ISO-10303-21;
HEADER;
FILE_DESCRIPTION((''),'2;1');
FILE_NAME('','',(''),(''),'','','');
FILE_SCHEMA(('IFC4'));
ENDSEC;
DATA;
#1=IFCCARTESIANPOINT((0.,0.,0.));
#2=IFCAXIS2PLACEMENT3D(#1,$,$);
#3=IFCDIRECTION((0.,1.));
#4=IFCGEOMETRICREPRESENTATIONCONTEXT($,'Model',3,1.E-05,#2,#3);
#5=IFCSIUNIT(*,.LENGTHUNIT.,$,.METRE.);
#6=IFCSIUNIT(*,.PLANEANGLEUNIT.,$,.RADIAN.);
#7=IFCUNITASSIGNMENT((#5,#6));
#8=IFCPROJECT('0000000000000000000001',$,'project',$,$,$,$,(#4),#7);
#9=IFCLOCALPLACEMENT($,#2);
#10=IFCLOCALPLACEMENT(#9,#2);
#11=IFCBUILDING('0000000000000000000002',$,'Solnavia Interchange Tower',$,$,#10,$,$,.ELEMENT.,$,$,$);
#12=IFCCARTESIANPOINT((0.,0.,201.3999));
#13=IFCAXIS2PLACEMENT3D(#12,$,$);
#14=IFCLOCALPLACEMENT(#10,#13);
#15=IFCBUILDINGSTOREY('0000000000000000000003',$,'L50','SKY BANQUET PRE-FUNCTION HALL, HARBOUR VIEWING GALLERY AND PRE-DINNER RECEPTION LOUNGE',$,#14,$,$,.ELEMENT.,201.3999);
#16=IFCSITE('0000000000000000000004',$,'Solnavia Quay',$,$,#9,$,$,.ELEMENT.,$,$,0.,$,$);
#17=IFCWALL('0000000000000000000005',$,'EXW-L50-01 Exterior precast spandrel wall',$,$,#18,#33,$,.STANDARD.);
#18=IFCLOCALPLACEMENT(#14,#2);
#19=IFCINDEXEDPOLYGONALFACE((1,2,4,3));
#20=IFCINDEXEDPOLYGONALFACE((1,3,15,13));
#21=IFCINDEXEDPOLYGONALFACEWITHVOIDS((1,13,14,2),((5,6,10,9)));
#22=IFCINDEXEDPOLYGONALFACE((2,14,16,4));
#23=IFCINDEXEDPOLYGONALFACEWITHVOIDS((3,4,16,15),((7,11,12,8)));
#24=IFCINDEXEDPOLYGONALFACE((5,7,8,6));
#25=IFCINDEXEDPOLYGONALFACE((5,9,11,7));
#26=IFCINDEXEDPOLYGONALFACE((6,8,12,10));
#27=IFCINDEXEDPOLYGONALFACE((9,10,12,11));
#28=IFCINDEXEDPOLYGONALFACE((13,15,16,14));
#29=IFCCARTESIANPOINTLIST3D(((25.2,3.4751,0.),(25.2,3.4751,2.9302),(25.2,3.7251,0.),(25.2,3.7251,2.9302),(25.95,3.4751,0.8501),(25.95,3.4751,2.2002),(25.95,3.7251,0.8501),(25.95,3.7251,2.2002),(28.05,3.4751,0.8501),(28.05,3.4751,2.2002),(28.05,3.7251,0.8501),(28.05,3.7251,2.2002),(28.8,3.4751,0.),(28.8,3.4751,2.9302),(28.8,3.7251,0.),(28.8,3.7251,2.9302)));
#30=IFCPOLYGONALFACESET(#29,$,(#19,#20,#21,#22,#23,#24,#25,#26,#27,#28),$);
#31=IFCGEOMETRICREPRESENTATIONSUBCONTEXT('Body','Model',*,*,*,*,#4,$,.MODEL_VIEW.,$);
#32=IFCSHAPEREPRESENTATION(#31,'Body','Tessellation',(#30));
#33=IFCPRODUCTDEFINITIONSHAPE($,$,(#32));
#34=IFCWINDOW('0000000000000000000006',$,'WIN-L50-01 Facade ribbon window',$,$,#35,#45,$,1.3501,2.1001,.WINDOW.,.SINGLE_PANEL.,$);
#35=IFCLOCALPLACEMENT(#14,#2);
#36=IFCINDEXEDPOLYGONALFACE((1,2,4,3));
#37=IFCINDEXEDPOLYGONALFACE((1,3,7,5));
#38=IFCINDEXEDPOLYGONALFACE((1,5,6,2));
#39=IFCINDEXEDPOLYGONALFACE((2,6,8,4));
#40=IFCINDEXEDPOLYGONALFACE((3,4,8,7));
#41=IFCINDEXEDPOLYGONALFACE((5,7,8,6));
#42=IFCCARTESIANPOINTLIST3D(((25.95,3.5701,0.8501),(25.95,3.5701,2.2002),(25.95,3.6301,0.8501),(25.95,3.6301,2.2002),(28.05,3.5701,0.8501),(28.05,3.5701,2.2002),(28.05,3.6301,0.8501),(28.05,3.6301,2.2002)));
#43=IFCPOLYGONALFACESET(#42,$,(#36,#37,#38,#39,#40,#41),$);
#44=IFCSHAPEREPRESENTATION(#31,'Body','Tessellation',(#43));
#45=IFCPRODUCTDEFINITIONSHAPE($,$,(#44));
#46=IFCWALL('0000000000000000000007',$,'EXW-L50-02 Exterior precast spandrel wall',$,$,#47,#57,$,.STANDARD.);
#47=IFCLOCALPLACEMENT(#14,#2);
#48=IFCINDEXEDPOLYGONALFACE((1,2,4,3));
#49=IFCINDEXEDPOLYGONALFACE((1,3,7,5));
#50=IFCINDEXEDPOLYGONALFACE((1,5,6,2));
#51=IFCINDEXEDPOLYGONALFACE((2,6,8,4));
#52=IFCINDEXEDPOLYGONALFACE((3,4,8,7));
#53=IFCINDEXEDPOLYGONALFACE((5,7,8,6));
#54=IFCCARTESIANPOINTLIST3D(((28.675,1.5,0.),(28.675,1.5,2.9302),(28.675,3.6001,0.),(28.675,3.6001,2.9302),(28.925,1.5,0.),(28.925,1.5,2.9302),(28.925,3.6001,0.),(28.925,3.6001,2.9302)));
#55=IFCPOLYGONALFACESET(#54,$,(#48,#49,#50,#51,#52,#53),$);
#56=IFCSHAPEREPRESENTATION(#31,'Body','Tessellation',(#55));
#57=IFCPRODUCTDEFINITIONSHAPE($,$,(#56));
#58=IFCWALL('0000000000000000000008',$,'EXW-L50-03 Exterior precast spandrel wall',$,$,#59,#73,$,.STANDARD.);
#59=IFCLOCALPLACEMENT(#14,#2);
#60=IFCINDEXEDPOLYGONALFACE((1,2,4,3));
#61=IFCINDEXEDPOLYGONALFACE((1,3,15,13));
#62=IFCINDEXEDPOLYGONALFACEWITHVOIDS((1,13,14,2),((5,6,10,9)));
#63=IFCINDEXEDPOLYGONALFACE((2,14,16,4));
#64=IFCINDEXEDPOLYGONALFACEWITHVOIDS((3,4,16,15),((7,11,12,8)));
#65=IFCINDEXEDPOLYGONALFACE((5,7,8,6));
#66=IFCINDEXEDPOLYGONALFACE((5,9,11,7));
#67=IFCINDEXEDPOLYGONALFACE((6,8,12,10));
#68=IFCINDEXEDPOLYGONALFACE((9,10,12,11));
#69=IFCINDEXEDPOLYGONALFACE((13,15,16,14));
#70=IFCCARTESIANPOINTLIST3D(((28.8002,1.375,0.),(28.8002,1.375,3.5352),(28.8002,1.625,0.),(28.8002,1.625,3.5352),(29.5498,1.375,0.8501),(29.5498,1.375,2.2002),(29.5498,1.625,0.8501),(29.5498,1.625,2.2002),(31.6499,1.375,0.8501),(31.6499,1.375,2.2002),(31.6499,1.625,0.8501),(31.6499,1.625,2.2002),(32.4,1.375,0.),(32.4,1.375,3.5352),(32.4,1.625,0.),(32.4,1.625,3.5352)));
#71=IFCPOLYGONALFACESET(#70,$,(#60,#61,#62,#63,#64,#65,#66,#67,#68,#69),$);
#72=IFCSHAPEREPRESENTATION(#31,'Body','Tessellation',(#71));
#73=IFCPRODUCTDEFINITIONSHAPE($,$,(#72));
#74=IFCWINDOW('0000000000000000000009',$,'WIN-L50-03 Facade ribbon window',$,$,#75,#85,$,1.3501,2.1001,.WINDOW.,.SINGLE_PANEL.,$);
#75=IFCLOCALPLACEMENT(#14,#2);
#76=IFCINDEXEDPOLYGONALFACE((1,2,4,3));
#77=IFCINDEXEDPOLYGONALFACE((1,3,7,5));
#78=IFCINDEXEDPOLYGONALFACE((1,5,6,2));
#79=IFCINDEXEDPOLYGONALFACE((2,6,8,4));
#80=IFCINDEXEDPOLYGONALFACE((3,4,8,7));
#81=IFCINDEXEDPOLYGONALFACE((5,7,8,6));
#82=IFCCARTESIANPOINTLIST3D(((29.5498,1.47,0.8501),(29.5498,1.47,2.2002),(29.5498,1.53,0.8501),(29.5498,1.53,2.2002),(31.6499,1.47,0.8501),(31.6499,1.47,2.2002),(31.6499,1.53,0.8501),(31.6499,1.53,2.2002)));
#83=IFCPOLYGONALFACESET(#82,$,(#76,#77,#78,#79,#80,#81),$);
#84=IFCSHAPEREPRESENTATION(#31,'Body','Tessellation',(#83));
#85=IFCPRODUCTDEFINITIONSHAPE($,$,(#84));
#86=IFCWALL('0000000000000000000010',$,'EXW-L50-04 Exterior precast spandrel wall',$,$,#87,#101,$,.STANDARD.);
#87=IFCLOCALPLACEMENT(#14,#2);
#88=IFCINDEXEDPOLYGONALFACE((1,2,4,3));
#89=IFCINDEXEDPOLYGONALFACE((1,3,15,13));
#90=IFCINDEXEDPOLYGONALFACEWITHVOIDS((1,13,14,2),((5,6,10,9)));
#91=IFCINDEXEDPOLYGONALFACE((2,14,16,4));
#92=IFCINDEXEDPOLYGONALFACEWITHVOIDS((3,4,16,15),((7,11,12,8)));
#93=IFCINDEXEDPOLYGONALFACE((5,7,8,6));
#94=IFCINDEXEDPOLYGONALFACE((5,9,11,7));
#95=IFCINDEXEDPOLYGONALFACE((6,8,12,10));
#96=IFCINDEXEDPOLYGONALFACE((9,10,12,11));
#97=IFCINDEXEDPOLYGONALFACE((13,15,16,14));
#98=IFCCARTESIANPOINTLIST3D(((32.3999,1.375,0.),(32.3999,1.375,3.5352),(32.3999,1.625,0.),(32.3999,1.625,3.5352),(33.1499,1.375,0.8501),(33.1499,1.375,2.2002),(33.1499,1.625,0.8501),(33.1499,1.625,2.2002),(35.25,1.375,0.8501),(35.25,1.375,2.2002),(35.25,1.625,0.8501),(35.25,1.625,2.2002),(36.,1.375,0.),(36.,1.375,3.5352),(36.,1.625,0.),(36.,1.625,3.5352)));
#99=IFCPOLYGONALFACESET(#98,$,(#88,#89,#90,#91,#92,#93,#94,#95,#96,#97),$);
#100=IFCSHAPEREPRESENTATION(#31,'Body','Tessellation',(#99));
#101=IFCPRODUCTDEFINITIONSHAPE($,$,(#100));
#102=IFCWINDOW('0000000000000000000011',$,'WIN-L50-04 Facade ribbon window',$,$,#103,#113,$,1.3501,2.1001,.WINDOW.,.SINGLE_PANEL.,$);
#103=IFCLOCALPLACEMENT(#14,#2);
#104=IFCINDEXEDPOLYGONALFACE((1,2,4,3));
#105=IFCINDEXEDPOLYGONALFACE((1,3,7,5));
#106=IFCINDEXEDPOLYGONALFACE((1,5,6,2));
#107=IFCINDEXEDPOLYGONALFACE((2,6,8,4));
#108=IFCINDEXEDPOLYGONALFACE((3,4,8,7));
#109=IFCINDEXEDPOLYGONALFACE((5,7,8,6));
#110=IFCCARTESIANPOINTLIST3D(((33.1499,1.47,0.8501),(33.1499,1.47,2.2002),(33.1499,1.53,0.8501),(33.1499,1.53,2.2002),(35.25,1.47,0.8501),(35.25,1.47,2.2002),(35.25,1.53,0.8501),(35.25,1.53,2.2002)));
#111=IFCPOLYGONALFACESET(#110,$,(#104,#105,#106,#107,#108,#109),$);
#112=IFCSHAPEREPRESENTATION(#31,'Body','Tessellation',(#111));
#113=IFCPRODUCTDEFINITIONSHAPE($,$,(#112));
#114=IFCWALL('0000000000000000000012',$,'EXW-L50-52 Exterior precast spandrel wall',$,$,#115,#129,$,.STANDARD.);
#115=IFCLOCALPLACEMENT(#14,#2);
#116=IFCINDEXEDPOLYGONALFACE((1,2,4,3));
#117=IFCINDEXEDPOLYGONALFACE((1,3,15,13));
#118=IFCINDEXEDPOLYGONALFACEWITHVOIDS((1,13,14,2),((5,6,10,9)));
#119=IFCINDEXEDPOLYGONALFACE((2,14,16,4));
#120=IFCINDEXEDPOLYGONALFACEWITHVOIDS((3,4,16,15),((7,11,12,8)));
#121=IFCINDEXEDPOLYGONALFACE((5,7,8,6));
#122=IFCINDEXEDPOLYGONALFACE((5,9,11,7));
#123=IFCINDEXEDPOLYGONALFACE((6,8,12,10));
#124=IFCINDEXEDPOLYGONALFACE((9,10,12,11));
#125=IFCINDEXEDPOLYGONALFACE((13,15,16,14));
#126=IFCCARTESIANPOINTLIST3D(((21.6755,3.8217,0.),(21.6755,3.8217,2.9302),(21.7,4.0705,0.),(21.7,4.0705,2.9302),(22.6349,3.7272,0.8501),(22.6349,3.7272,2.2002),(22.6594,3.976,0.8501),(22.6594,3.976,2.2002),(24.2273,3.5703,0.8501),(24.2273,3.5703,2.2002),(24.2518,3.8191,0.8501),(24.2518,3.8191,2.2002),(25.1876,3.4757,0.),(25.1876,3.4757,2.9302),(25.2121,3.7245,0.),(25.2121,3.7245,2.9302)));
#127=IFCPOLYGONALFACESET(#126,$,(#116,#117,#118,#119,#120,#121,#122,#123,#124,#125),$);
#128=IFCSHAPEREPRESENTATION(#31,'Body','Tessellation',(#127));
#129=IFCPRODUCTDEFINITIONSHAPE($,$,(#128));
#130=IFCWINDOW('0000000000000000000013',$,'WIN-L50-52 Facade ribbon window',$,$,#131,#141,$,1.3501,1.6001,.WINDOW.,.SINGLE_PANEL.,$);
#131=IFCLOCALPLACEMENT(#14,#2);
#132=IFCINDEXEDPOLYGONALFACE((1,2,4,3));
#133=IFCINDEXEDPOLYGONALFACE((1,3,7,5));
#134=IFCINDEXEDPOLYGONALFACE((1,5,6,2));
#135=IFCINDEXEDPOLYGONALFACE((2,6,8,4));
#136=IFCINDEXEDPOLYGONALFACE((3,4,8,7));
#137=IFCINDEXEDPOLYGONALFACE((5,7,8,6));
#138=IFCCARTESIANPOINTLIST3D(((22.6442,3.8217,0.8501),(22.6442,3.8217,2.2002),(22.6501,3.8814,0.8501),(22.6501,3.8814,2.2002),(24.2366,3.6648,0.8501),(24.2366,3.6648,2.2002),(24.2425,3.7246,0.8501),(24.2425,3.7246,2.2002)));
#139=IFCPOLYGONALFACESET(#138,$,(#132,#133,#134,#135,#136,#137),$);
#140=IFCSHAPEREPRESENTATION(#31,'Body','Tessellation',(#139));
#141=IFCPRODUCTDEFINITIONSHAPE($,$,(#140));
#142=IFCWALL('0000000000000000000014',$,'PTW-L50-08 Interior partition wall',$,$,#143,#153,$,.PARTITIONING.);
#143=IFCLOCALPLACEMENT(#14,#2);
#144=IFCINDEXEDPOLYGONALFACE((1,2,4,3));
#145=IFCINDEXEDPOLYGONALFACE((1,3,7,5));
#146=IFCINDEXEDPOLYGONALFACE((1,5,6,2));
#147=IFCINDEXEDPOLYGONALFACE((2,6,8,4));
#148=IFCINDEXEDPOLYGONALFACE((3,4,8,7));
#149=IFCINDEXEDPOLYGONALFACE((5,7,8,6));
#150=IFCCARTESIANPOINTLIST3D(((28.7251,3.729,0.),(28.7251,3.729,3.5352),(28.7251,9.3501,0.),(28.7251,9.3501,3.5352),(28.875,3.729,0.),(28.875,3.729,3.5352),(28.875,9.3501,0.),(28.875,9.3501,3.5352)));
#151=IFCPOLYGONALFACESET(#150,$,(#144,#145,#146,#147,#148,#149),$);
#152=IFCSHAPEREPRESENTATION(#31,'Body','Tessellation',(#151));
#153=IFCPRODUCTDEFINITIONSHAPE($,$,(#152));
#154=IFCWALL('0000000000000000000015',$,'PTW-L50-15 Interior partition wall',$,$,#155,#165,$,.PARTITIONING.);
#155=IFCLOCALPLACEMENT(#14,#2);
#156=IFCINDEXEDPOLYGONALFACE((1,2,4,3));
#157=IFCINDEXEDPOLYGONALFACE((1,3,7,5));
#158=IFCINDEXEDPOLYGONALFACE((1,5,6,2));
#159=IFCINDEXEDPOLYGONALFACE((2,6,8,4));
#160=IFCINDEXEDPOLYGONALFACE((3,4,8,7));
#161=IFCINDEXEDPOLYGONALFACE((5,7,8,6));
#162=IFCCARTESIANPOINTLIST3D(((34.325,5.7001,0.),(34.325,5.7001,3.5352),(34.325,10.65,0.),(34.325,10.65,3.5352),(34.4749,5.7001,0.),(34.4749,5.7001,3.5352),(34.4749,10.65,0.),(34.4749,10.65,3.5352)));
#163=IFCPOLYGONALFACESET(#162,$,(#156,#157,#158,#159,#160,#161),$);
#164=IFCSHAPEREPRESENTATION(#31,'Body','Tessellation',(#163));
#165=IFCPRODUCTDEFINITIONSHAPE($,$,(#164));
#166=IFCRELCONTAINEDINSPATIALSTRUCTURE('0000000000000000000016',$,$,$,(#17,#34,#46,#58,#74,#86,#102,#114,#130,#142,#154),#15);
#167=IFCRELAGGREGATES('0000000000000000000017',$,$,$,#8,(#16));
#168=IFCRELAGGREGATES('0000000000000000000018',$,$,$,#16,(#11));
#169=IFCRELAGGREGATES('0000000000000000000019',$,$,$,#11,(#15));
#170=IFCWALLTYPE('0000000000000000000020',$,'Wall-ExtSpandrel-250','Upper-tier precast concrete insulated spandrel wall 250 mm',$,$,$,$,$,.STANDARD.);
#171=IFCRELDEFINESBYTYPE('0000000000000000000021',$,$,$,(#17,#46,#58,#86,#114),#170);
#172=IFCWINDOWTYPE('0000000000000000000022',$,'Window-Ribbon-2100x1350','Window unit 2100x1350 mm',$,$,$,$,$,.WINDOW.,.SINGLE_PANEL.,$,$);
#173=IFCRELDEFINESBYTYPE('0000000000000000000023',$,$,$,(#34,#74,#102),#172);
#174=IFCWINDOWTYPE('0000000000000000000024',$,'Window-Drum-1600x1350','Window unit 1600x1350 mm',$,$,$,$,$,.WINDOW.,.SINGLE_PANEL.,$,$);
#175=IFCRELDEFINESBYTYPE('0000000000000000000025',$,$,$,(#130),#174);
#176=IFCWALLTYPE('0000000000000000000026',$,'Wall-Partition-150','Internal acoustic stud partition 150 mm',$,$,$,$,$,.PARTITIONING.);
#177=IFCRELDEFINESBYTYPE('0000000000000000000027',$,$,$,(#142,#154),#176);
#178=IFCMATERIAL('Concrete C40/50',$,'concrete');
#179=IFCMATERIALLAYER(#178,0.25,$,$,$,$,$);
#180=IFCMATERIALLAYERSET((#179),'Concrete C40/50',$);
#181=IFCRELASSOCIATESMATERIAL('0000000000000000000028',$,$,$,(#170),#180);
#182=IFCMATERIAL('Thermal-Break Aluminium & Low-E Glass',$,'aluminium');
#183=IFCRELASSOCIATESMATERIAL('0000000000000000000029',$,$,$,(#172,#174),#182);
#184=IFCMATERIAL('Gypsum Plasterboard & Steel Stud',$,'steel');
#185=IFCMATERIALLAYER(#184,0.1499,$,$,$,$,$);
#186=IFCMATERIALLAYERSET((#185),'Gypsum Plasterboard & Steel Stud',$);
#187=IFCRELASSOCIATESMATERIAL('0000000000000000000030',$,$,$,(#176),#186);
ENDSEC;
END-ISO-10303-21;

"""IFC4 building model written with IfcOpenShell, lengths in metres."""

from ifc_helpers import new_model, si_unit, direction, frame, frame_2d, origin, place, context, subcontext, project, spatial, rectangle, extrude, material, layer, layer_set, type_object, element, fill, save


model = new_model("IFC4")

# Units and contexts
model_context = context("Model", 3, precision=1e-05, world=origin(), true_north=direction((0.0, 1.0)))
body_context = subcontext(model_context, "Body", "Model", "MODEL_VIEW")
ifc_project = project(units=[si_unit("LENGTHUNIT", "METRE"), si_unit("PLANEANGLEUNIT", "RADIAN")], contexts=[model_context])

# Site, building, storey
site_placement = place(None, origin())
site = spatial("IfcSite", under=ifc_project, at=site_placement, Name="Solnavia Quay", CompositionType="ELEMENT", RefElevation=0.0)
building_placement = place(site_placement, origin())
building = spatial("IfcBuilding", under=site, at=building_placement, Name="Solnavia Interchange Tower", CompositionType="ELEMENT")
storey_placement = place(building_placement, frame((0.0, 0.0, 201.3999)))
storey = spatial("IfcBuildingStorey", under=building, at=storey_placement, Name="L50", Description="SKY BANQUET PRE-FUNCTION HALL, HARBOUR VIEWING GALLERY AND PRE-DINNER RECEPTION LOUNGE", CompositionType="ELEMENT", Elevation=201.3999)

# Wall, opening, window
ifc_material_1 = material(Name="Concrete C40/50", Category="concrete")
ifc_layer_1 = layer(ifc_material_1, 0.25)
ifc_layer_set_1 = layer_set([ifc_layer_1], Name="Concrete C40/50")
wall_type_1 = type_object("IfcWallType", Name="Wall-ExtSpandrel-250", Description="Upper-tier precast concrete insulated spandrel wall 250 mm", PredefinedType="STANDARD", material=ifc_layer_set_1)
wall_1_placement = place(storey_placement, frame((28.8, 3.6001, 0.0), z_axis=(0.0, 0.0, 1.0), x_axis=(-1.0, 0.0, 0.0)))
wall_1 = element("IfcWall", 1, at=wall_1_placement, inside=storey, type_object=wall_type_1, Name="EXW-L50-01 Exterior precast spandrel wall", PredefinedType="STANDARD", context=body_context, shape_type="SweptSolid", body=[
    extrude(rectangle(XDim=3.6001, YDim=0.25, at=frame_2d((1.8, 0.0))), origin(), (0.0, 0.0, 1.0), 2.9302),
])
opening_1_placement = place(wall_1_placement, frame((0.75, 0.0, 0.8501)))
opening_1 = element("IfcOpeningElement", 2, at=opening_1_placement, cuts=wall_1, PredefinedType="OPENING", context=body_context, shape_type="SweptSolid", body=[
    extrude(rectangle(XDim=2.1001, YDim=1.3501, at=frame_2d((1.05, 0.675))), frame((0.0, 0.135, 0.0), z_axis=(0.0, -1.0, 0.0), x_axis=(1.0, 0.0, 0.0)), (0.0, 0.0, 1.0), 0.27),
])
ifc_material_2 = material(Name="Thermal-Break Aluminium & Low-E Glass", Category="aluminium")
window_type_1 = type_object("IfcWindowType", Name="Window-Ribbon-2100x1350", Description="Window unit 2100x1350 mm", PartitioningType="SINGLE_PANEL", PredefinedType="WINDOW", material=ifc_material_2)
window_1_placement = place(opening_1_placement, origin())
window_1 = element("IfcWindow", 3, at=window_1_placement, inside=storey, type_object=window_type_1, Name="WIN-L50-01 Facade ribbon window", OverallHeight=1.3501, OverallWidth=2.1001, PartitioningType="SINGLE_PANEL", PredefinedType="WINDOW", context=body_context, shape_type="SweptSolid", body=[
    extrude(rectangle(XDim=2.1001, YDim=1.3501, at=frame_2d((1.05, 0.675))), frame((0.0, 0.03, 0.0), z_axis=(0.0, -1.0, 0.0), x_axis=(1.0, 0.0, 0.0)), (0.0, 0.0, 1.0), 0.0601),
])
fill(opening_1, window_1)

# Wall
wall_2_placement = place(storey_placement, frame((28.8, 3.6001, 0.0), z_axis=(0.0, 0.0, 1.0), x_axis=(0.0, -1.0, 0.0)))
element("IfcWall", 4, at=wall_2_placement, inside=storey, type_object=wall_type_1, Name="EXW-L50-02 Exterior precast spandrel wall", PredefinedType="STANDARD", context=body_context, shape_type="SweptSolid", body=[
    extrude(rectangle(XDim=2.1001, YDim=0.25, at=frame_2d((1.05, 0.0))), origin(), (0.0, 0.0, 1.0), 2.9302),
])

# Walls, openings, windows
wall_3_placement = place(storey_placement, frame((32.3999, 1.5, 0.0), z_axis=(0.0, 0.0, 1.0), x_axis=(-1.0, 0.0, 0.0)))
wall_3 = element("IfcWall", 5, at=wall_3_placement, inside=storey, type_object=wall_type_1, Name="EXW-L50-03 Exterior precast spandrel wall", PredefinedType="STANDARD", context=body_context, shape_type="SweptSolid", body=[
    extrude(rectangle(XDim=3.5999, YDim=0.25, at=frame_2d((1.7998, 0.0))), origin(), (0.0, 0.0, 1.0), 3.5352),
])
opening_2_placement = place(wall_3_placement, frame((0.75, 0.0, 0.8501)))
opening_2 = element("IfcOpeningElement", 6, at=opening_2_placement, cuts=wall_3, PredefinedType="OPENING", context=body_context, shape_type="SweptSolid", body=[
    extrude(rectangle(XDim=2.1001, YDim=1.3501, at=frame_2d((1.05, 0.675))), frame((0.0, 0.135, 0.0), z_axis=(0.0, -1.0, 0.0), x_axis=(1.0, 0.0, 0.0)), (0.0, 0.0, 1.0), 0.27),
])
window_2_placement = place(opening_2_placement, origin())
window_2 = element("IfcWindow", 7, at=window_2_placement, inside=storey, type_object=window_type_1, Name="WIN-L50-03 Facade ribbon window", OverallHeight=1.3501, OverallWidth=2.1001, PartitioningType="SINGLE_PANEL", PredefinedType="WINDOW", context=body_context, shape_type="SweptSolid", body=[
    extrude(rectangle(XDim=2.1001, YDim=1.3501, at=frame_2d((1.05, 0.675))), frame((0.0, 0.03, 0.0), z_axis=(0.0, -1.0, 0.0), x_axis=(1.0, 0.0, 0.0)), (0.0, 0.0, 1.0), 0.0601),
])
fill(opening_2, window_2)
wall_4_placement = place(storey_placement, frame((36.0, 1.5, 0.0), z_axis=(0.0, 0.0, 1.0), x_axis=(-1.0, 0.0, 0.0)))
wall_4 = element("IfcWall", 8, at=wall_4_placement, inside=storey, type_object=wall_type_1, Name="EXW-L50-04 Exterior precast spandrel wall", PredefinedType="STANDARD", context=body_context, shape_type="SweptSolid", body=[
    extrude(rectangle(XDim=3.6001, YDim=0.25, at=frame_2d((1.8, 0.0))), origin(), (0.0, 0.0, 1.0), 3.5352),
])
opening_3_placement = place(wall_4_placement, frame((0.75, 0.0, 0.8501)))
opening_3 = element("IfcOpeningElement", 9, at=opening_3_placement, cuts=wall_4, PredefinedType="OPENING", context=body_context, shape_type="SweptSolid", body=[
    extrude(rectangle(XDim=2.1001, YDim=1.3501, at=frame_2d((1.05, 0.675))), frame((0.0, 0.135, 0.0), z_axis=(0.0, -1.0, 0.0), x_axis=(1.0, 0.0, 0.0)), (0.0, 0.0, 1.0), 0.27),
])
window_3_placement = place(opening_3_placement, origin())
window_3 = element("IfcWindow", 10, at=window_3_placement, inside=storey, type_object=window_type_1, Name="WIN-L50-04 Facade ribbon window", OverallHeight=1.3501, OverallWidth=2.1001, PartitioningType="SINGLE_PANEL", PredefinedType="WINDOW", context=body_context, shape_type="SweptSolid", body=[
    extrude(rectangle(XDim=2.1001, YDim=1.3501, at=frame_2d((1.05, 0.675))), frame((0.0, 0.03, 0.0), z_axis=(0.0, -1.0, 0.0), x_axis=(1.0, 0.0, 0.0)), (0.0, 0.0, 1.0), 0.0601),
])
fill(opening_3, window_3)
wall_5_placement = place(storey_placement, frame((25.2, 3.6001, 0.0), z_axis=(0.0, 0.0, 1.0), x_axis=(-0.995183, 0.098031, 0.0)))
wall_5 = element("IfcWall", 11, at=wall_5_placement, inside=storey, type_object=wall_type_1, Name="EXW-L50-52 Exterior precast spandrel wall", PredefinedType="STANDARD", context=body_context, shape_type="SweptSolid", body=[
    extrude(rectangle(XDim=3.5291, YDim=0.25, at=frame_2d((1.7646, 0.0))), origin(), (0.0, 0.0, 1.0), 2.9302),
])
opening_4_placement = place(wall_5_placement, frame((0.9651, 0.0, 0.8501)))
opening_4 = element("IfcOpeningElement", 12, at=opening_4_placement, cuts=wall_5, PredefinedType="OPENING", context=body_context, shape_type="SweptSolid", body=[
    extrude(rectangle(XDim=1.6001, YDim=1.3501, at=frame_2d((0.8, 0.675))), frame((0.0, 0.135, 0.0), z_axis=(0.0, -1.0, 0.0), x_axis=(1.0, 0.0, 0.0)), (0.0, 0.0, 1.0), 0.27),
])
window_type_2 = type_object("IfcWindowType", Name="Window-Drum-1600x1350", Description="Window unit 1600x1350 mm", PartitioningType="SINGLE_PANEL", PredefinedType="WINDOW", material=ifc_material_2)
window_4_placement = place(opening_4_placement, origin())
window_4 = element("IfcWindow", 13, at=window_4_placement, inside=storey, type_object=window_type_2, Name="WIN-L50-52 Facade ribbon window", OverallHeight=1.3501, OverallWidth=1.6001, PartitioningType="SINGLE_PANEL", PredefinedType="WINDOW", context=body_context, shape_type="SweptSolid", body=[
    extrude(rectangle(XDim=1.6001, YDim=1.3501, at=frame_2d((0.8, 0.675))), frame((0.0, 0.03, 0.0), z_axis=(0.0, -1.0, 0.0), x_axis=(1.0, 0.0, 0.0)), (0.0, 0.0, 1.0), 0.0601),
])
fill(opening_4, window_4)

# Walls
ifc_material_3 = material(Name="Gypsum Plasterboard & Steel Stud", Category="steel")
ifc_layer_2 = layer(ifc_material_3, 0.1499)
ifc_layer_set_2 = layer_set([ifc_layer_2], Name="Gypsum Plasterboard & Steel Stud")
wall_type_2 = type_object("IfcWallType", Name="Wall-Partition-150", Description="Internal acoustic stud partition 150 mm", PredefinedType="PARTITIONING", material=ifc_layer_set_2)
wall_6_placement = place(storey_placement, frame((28.8, 9.3501, 0.0), z_axis=(0.0, 0.0, 1.0), x_axis=(0.0, -1.0, 0.0)))
element("IfcWall", 14, at=wall_6_placement, inside=storey, type_object=wall_type_2, Name="PTW-L50-08 Interior partition wall", PredefinedType="PARTITIONING", context=body_context, shape_type="SweptSolid", body=[
    extrude(rectangle(XDim=5.6211, YDim=0.1499, at=frame_2d((2.8105, 0.0))), origin(), (0.0, 0.0, 1.0), 3.5352),
])
wall_7_placement = place(storey_placement, frame((34.3999, 5.7, 0.0), z_axis=(0.0, 0.0, 1.0), x_axis=(0.0, 1.0, 0.0)))
element("IfcWall", 15, at=wall_7_placement, inside=storey, type_object=wall_type_2, Name="PTW-L50-15 Interior partition wall", PredefinedType="PARTITIONING", context=body_context, shape_type="SweptSolid", body=[
    extrude(rectangle(XDim=4.95, YDim=0.1499, at=frame_2d((2.4751, 0.0))), origin(), (0.0, 0.0, 1.0), 3.5352),
])

save(model, "model.ifc")
